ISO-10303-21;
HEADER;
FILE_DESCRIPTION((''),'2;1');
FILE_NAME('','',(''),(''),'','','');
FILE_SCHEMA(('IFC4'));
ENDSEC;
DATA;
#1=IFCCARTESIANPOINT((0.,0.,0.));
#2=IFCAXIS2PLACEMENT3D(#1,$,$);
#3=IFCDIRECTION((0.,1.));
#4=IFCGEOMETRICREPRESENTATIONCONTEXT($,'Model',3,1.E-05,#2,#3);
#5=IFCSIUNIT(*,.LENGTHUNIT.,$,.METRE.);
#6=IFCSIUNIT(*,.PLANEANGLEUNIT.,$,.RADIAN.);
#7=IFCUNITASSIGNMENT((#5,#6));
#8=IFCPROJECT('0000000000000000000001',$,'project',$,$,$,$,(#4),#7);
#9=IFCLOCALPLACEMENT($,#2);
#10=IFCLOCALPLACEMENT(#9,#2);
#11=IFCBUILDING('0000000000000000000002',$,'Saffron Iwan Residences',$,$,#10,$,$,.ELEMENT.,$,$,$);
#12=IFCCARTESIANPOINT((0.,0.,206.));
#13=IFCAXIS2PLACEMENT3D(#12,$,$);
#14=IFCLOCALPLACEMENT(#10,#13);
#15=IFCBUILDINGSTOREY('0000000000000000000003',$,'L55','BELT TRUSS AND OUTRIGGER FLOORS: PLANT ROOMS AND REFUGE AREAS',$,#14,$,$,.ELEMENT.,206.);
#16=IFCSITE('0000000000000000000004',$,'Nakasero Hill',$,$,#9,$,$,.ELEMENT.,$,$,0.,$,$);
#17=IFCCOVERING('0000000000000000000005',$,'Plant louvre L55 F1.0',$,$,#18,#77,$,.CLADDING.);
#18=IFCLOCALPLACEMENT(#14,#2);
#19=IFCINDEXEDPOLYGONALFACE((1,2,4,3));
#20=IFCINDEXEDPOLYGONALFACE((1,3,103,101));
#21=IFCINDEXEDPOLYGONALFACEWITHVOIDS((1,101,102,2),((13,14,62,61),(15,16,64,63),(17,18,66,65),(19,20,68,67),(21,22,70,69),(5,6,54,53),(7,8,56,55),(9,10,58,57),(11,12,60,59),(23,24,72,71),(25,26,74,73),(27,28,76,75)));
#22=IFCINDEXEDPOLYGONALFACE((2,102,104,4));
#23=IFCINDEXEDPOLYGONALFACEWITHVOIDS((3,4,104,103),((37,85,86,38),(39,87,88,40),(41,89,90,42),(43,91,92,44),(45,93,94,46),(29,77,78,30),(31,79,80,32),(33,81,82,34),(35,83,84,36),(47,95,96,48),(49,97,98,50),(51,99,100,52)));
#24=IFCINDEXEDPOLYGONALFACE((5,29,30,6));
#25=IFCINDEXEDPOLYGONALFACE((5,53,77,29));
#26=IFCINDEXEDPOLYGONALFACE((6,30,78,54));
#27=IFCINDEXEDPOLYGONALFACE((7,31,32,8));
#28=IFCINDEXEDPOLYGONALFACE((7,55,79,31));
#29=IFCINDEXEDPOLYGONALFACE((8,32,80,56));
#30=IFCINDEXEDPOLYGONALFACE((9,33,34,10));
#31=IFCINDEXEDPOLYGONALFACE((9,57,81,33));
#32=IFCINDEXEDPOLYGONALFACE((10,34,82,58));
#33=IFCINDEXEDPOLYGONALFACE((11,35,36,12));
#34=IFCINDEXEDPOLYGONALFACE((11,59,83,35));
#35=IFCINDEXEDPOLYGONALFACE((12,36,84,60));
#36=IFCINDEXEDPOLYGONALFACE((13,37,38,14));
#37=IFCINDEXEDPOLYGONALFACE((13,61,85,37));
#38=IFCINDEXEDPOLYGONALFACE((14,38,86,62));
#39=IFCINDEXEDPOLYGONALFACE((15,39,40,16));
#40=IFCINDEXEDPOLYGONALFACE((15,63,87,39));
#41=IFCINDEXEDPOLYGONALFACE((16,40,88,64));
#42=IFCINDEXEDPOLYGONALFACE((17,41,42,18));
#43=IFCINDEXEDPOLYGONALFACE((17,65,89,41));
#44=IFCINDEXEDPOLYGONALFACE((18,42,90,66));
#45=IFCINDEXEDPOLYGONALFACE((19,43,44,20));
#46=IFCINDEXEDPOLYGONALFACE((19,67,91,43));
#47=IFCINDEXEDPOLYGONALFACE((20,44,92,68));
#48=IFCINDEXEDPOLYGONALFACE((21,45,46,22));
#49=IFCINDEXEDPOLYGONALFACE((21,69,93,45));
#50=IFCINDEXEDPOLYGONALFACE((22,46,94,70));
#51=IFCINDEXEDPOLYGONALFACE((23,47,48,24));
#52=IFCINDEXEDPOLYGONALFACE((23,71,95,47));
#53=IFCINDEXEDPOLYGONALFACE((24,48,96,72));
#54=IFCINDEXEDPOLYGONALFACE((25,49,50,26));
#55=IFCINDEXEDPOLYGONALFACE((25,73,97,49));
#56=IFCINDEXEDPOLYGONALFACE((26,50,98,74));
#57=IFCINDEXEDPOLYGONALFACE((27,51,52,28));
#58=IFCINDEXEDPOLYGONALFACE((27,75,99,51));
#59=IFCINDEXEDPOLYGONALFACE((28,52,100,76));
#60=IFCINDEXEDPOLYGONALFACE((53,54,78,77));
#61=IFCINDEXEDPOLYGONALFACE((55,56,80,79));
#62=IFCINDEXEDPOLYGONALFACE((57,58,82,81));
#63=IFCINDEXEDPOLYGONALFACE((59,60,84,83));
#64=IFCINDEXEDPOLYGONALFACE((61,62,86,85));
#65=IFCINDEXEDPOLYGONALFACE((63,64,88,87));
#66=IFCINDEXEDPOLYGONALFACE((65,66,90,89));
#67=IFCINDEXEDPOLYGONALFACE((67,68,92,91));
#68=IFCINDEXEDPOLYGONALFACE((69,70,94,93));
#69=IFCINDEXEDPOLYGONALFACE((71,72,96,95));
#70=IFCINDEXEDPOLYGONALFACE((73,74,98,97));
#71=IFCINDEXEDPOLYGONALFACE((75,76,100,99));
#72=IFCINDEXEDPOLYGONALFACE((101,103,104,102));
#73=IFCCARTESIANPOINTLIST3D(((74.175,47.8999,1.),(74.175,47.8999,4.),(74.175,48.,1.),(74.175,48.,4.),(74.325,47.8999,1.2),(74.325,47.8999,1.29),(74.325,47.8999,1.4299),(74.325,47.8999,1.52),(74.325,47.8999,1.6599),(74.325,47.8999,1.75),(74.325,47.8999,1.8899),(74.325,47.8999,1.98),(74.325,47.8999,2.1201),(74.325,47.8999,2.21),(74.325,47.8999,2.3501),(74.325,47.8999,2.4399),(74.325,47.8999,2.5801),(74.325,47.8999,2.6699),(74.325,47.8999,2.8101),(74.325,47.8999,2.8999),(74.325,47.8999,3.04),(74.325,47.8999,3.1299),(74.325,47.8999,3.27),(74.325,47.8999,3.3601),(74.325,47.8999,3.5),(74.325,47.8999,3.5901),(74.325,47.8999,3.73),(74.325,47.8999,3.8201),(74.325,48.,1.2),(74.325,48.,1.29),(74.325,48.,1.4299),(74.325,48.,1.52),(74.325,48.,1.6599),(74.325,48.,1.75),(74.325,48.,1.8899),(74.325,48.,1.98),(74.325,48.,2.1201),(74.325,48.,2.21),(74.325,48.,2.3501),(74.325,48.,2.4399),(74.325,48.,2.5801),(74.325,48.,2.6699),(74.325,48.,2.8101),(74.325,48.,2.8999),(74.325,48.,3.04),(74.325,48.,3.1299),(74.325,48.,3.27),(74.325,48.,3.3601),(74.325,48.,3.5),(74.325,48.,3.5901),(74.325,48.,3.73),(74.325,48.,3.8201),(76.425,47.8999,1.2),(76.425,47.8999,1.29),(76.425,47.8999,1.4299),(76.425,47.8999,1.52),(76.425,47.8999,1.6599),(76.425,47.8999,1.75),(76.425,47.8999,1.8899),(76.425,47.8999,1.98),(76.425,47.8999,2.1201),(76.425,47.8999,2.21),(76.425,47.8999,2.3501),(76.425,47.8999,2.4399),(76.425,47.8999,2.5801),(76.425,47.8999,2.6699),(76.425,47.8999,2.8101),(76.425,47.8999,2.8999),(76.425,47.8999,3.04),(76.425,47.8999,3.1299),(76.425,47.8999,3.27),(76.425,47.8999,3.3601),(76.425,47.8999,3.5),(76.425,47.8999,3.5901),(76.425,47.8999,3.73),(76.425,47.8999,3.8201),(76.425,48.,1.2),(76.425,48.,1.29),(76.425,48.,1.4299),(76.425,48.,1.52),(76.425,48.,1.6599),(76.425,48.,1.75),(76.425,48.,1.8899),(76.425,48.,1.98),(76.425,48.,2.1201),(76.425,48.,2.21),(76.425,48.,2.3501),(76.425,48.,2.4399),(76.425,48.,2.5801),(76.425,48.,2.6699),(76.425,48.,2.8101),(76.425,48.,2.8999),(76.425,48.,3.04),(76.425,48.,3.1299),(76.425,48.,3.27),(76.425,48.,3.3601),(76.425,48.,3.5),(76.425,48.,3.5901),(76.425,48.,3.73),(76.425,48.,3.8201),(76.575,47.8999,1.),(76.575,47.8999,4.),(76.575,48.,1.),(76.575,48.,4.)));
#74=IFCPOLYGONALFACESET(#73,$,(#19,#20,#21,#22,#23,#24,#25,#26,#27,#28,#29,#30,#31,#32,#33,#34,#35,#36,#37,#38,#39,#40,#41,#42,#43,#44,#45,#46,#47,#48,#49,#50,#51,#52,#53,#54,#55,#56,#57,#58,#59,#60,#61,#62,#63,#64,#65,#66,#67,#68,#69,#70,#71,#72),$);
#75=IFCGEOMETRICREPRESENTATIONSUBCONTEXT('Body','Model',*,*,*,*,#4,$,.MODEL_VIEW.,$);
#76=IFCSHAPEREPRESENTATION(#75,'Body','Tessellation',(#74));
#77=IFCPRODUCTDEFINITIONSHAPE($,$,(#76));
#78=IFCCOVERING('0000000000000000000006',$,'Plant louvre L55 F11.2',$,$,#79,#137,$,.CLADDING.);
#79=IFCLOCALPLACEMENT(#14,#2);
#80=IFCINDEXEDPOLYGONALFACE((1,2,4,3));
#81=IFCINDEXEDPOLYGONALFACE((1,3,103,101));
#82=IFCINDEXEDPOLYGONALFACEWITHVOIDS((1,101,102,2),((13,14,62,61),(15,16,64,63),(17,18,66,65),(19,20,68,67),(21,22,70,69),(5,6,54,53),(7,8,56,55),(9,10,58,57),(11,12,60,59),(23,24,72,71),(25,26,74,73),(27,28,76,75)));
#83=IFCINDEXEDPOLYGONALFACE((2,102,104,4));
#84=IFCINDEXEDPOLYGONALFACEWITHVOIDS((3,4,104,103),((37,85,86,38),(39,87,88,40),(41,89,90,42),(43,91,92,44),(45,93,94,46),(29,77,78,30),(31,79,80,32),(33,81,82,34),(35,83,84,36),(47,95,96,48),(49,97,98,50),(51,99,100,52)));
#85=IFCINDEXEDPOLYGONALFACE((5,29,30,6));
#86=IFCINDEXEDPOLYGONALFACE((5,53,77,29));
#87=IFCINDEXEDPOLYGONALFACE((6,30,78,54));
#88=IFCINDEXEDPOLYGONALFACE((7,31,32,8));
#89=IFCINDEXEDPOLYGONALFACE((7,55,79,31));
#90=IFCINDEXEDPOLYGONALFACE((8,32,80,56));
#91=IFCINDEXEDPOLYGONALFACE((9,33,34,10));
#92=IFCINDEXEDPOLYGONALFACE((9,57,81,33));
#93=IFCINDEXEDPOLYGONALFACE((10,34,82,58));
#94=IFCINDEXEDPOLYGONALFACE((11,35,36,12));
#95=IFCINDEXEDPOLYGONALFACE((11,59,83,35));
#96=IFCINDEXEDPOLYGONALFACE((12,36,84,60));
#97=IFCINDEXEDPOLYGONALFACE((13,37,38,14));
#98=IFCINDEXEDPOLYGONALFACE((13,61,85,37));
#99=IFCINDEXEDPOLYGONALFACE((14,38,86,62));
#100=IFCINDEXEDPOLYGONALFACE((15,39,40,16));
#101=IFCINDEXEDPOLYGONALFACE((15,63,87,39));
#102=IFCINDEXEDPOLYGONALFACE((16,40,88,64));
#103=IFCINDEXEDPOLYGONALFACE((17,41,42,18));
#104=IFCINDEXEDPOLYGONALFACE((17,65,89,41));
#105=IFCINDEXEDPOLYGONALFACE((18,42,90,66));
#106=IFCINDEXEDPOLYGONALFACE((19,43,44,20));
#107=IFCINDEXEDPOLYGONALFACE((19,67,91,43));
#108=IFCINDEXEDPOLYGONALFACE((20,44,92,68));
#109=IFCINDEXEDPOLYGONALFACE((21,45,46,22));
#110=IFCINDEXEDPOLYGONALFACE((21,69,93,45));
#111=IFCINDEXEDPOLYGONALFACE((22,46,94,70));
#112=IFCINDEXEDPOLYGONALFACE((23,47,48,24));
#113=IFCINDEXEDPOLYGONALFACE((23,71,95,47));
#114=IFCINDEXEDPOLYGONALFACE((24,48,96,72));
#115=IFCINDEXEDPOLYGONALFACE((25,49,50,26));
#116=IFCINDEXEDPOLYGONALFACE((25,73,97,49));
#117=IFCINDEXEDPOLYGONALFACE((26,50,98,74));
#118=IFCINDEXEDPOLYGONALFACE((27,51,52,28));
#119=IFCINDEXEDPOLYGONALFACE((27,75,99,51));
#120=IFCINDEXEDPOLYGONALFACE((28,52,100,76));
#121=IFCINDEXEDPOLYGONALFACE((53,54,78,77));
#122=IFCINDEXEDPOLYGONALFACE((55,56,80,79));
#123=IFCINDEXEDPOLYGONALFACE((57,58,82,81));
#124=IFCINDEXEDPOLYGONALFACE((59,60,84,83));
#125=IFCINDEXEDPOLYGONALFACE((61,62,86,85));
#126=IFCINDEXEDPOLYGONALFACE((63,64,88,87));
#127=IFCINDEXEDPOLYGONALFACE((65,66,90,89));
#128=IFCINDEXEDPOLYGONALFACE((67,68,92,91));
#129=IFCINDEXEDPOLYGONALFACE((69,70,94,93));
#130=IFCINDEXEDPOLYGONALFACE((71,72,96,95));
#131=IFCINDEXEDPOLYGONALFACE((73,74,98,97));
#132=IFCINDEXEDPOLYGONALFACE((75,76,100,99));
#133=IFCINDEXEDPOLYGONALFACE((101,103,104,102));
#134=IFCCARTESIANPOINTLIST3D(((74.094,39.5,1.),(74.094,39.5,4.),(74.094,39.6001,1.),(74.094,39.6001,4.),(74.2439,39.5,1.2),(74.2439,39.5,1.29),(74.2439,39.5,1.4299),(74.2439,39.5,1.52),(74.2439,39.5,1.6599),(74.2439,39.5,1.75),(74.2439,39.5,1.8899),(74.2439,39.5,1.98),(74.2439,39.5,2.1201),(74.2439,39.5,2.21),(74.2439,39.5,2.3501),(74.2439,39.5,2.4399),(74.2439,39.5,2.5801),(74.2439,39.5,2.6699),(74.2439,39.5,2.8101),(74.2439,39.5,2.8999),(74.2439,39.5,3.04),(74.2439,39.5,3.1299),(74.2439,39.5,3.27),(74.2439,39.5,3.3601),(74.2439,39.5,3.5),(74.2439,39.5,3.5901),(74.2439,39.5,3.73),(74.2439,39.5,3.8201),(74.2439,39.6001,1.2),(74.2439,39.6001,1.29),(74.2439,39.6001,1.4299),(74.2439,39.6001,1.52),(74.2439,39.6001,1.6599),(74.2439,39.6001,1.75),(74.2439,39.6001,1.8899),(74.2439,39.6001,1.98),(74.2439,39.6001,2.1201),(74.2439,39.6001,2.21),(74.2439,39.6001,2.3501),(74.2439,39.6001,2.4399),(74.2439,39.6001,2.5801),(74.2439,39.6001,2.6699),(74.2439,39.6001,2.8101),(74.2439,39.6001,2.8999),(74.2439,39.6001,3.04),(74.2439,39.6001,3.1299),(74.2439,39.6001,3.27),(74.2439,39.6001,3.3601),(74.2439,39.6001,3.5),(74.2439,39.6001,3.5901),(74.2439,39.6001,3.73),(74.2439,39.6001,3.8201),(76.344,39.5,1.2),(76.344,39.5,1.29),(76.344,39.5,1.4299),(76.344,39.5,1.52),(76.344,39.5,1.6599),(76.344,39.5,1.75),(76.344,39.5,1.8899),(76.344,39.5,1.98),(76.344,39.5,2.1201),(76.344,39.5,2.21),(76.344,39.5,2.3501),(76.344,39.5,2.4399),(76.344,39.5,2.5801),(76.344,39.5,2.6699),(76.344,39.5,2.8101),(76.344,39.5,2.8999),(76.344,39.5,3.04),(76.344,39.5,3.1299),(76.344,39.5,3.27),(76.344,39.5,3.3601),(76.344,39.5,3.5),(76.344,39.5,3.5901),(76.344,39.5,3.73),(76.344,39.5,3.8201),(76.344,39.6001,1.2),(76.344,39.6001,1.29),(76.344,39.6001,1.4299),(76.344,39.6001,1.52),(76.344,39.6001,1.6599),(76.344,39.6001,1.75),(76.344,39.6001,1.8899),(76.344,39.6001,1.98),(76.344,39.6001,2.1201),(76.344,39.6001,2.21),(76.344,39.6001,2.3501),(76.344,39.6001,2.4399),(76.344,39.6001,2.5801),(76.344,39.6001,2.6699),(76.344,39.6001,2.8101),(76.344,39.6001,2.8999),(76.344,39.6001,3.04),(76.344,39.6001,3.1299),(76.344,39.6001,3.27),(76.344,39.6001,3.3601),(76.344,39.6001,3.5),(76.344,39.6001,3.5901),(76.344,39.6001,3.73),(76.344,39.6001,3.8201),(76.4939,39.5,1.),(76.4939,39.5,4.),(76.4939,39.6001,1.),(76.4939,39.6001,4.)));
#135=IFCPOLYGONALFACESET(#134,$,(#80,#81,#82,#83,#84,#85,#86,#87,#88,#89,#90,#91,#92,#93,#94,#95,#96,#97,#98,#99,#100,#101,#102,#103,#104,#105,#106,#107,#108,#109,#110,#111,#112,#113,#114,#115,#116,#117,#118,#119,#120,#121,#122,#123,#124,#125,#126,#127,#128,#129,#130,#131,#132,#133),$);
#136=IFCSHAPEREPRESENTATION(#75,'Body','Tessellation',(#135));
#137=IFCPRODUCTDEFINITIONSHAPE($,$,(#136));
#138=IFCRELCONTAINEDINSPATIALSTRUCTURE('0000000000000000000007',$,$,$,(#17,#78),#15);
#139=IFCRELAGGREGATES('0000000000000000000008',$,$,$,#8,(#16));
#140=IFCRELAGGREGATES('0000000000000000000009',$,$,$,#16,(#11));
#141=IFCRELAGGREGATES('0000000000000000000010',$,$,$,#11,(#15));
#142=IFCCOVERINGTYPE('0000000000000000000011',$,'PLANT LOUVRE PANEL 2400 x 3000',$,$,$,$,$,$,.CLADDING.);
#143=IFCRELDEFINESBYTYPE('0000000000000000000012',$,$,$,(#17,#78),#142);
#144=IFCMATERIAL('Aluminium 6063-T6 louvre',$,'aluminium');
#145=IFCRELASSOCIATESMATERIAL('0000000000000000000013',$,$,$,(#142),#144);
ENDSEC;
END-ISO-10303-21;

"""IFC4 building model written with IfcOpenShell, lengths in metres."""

from ifc_helpers import new_model, si_unit, direction, frame, origin, place, context, subcontext, project, spatial, polyline, outline, extrude, material, type_object, element, save


model = new_model("IFC4")

# Units and contexts
model_context = context("Model", 3, precision=1e-05, world=origin(), true_north=direction((0.0, 1.0)))
body_context = subcontext(model_context, "Body", "Model", "MODEL_VIEW")
ifc_project = project(units=[si_unit("LENGTHUNIT", "METRE"), si_unit("PLANEANGLEUNIT", "RADIAN")], contexts=[model_context])

# Site, building, storey
site_placement = place(None, origin())
site = spatial("IfcSite", under=ifc_project, at=site_placement, Name="Nakasero Hill", CompositionType="ELEMENT", RefElevation=0.0)
building_placement = place(site_placement, origin())
building = spatial("IfcBuilding", under=site, at=building_placement, Name="Saffron Iwan Residences", CompositionType="ELEMENT")
storey_placement = place(building_placement, frame((0.0, 0.0, 206.0)))
storey = spatial("IfcBuildingStorey", under=building, at=storey_placement, Name="L55", Description="BELT TRUSS AND OUTRIGGER FLOORS: PLANT ROOMS AND REFUGE AREAS", CompositionType="ELEMENT", Elevation=206.0)

# Coverings
ifc_material_1 = material(Name="Aluminium 6063-T6 louvre", Category="aluminium")
covering_type_1 = type_object("IfcCoveringType", Name="PLANT LOUVRE PANEL 2400 x 3000", PredefinedType="CLADDING", material=ifc_material_1)
covering_1_placement = place(storey_placement, frame((74.175, 48.0, 1.0), z_axis=(0.0, -1.0, 0.0), x_axis=(1.0, 0.0, 0.0)))
element("IfcCovering", 1, at=covering_1_placement, inside=storey, type_object=covering_type_1, Name="Plant louvre L55 F1.0", PredefinedType="CLADDING", context=body_context, shape_type="SweptSolid", body=[
    extrude(outline(polyline([(0.0, 0.0), (2.3999, 0.0), (2.3999, 3.0), (0.0, 3.0), (0.0, 0.0)]), holes=[polyline([(0.1499, 0.2), (2.25, 0.2), (2.25, 0.29), (0.1499, 0.29), (0.1499, 0.2)]), polyline([(0.1499, 0.4299), (2.25, 0.4299), (2.25, 0.52), (0.1499, 0.52), (0.1499, 0.4299)]), polyline([(0.1499, 0.6599), (2.25, 0.6599), (2.25, 0.75), (0.1499, 0.75), (0.1499, 0.6599)]), polyline([(0.1499, 0.8899), (2.25, 0.8899), (2.25, 0.98), (0.1499, 0.98), (0.1499, 0.8899)]), polyline([(0.1499, 1.1201), (2.25, 1.1201), (2.25, 1.21), (0.1499, 1.21), (0.1499, 1.1201)]), polyline([(0.1499, 1.3501), (2.25, 1.3501), (2.25, 1.4399), (0.1499, 1.4399), (0.1499, 1.3501)]), polyline([(0.1499, 1.5801), (2.25, 1.5801), (2.25, 1.6699), (0.1499, 1.6699), (0.1499, 1.5801)]), polyline([(0.1499, 1.8101), (2.25, 1.8101), (2.25, 1.8999), (0.1499, 1.8999), (0.1499, 1.8101)]), polyline([(0.1499, 2.04), (2.25, 2.04), (2.25, 2.1299), (0.1499, 2.1299), (0.1499, 2.04)]), polyline([(0.1499, 2.27), (2.25, 2.27), (2.25, 2.3601), (0.1499, 2.3601), (0.1499, 2.27)]), polyline([(0.1499, 2.5), (2.25, 2.5), (2.25, 2.5901), (0.1499, 2.5901), (0.1499, 2.5)]), polyline([(0.1499, 2.73), (2.25, 2.73), (2.25, 2.8201), (0.1499, 2.8201), (0.1499, 2.73)])]), origin(), (0.0, 0.0, 1.0), 0.1001),
])
covering_2_placement = place(storey_placement, frame((74.094, 39.6001, 1.0), z_axis=(0.0, -1.0, 0.0), x_axis=(1.0, 0.0, 0.0)))
element("IfcCovering", 2, at=covering_2_placement, inside=storey, type_object=covering_type_1, Name="Plant louvre L55 F11.2", PredefinedType="CLADDING", context=body_context, shape_type="SweptSolid", body=[
    extrude(outline(polyline([(0.0, 0.0), (2.3999, 0.0), (2.3999, 3.0), (0.0, 3.0), (0.0, 0.0)]), holes=[polyline([(0.1499, 0.2), (2.25, 0.2), (2.25, 0.29), (0.1499, 0.29), (0.1499, 0.2)]), polyline([(0.1499, 0.4299), (2.25, 0.4299), (2.25, 0.52), (0.1499, 0.52), (0.1499, 0.4299)]), polyline([(0.1499, 0.6599), (2.25, 0.6599), (2.25, 0.75), (0.1499, 0.75), (0.1499, 0.6599)]), polyline([(0.1499, 0.8899), (2.25, 0.8899), (2.25, 0.98), (0.1499, 0.98), (0.1499, 0.8899)]), polyline([(0.1499, 1.1201), (2.25, 1.1201), (2.25, 1.21), (0.1499, 1.21), (0.1499, 1.1201)]), polyline([(0.1499, 1.3501), (2.25, 1.3501), (2.25, 1.4399), (0.1499, 1.4399), (0.1499, 1.3501)]), polyline([(0.1499, 1.5801), (2.25, 1.5801), (2.25, 1.6699), (0.1499, 1.6699), (0.1499, 1.5801)]), polyline([(0.1499, 1.8101), (2.25, 1.8101), (2.25, 1.8999), (0.1499, 1.8999), (0.1499, 1.8101)]), polyline([(0.1499, 2.04), (2.25, 2.04), (2.25, 2.1299), (0.1499, 2.1299), (0.1499, 2.04)]), polyline([(0.1499, 2.27), (2.25, 2.27), (2.25, 2.3601), (0.1499, 2.3601), (0.1499, 2.27)]), polyline([(0.1499, 2.5), (2.25, 2.5), (2.25, 2.5901), (0.1499, 2.5901), (0.1499, 2.5)]), polyline([(0.1499, 2.73), (2.25, 2.73), (2.25, 2.8201), (0.1499, 2.8201), (0.1499, 2.73)])]), origin(), (0.0, 0.0, 1.0), 0.1001),
])

save(model, "model.ifc")
